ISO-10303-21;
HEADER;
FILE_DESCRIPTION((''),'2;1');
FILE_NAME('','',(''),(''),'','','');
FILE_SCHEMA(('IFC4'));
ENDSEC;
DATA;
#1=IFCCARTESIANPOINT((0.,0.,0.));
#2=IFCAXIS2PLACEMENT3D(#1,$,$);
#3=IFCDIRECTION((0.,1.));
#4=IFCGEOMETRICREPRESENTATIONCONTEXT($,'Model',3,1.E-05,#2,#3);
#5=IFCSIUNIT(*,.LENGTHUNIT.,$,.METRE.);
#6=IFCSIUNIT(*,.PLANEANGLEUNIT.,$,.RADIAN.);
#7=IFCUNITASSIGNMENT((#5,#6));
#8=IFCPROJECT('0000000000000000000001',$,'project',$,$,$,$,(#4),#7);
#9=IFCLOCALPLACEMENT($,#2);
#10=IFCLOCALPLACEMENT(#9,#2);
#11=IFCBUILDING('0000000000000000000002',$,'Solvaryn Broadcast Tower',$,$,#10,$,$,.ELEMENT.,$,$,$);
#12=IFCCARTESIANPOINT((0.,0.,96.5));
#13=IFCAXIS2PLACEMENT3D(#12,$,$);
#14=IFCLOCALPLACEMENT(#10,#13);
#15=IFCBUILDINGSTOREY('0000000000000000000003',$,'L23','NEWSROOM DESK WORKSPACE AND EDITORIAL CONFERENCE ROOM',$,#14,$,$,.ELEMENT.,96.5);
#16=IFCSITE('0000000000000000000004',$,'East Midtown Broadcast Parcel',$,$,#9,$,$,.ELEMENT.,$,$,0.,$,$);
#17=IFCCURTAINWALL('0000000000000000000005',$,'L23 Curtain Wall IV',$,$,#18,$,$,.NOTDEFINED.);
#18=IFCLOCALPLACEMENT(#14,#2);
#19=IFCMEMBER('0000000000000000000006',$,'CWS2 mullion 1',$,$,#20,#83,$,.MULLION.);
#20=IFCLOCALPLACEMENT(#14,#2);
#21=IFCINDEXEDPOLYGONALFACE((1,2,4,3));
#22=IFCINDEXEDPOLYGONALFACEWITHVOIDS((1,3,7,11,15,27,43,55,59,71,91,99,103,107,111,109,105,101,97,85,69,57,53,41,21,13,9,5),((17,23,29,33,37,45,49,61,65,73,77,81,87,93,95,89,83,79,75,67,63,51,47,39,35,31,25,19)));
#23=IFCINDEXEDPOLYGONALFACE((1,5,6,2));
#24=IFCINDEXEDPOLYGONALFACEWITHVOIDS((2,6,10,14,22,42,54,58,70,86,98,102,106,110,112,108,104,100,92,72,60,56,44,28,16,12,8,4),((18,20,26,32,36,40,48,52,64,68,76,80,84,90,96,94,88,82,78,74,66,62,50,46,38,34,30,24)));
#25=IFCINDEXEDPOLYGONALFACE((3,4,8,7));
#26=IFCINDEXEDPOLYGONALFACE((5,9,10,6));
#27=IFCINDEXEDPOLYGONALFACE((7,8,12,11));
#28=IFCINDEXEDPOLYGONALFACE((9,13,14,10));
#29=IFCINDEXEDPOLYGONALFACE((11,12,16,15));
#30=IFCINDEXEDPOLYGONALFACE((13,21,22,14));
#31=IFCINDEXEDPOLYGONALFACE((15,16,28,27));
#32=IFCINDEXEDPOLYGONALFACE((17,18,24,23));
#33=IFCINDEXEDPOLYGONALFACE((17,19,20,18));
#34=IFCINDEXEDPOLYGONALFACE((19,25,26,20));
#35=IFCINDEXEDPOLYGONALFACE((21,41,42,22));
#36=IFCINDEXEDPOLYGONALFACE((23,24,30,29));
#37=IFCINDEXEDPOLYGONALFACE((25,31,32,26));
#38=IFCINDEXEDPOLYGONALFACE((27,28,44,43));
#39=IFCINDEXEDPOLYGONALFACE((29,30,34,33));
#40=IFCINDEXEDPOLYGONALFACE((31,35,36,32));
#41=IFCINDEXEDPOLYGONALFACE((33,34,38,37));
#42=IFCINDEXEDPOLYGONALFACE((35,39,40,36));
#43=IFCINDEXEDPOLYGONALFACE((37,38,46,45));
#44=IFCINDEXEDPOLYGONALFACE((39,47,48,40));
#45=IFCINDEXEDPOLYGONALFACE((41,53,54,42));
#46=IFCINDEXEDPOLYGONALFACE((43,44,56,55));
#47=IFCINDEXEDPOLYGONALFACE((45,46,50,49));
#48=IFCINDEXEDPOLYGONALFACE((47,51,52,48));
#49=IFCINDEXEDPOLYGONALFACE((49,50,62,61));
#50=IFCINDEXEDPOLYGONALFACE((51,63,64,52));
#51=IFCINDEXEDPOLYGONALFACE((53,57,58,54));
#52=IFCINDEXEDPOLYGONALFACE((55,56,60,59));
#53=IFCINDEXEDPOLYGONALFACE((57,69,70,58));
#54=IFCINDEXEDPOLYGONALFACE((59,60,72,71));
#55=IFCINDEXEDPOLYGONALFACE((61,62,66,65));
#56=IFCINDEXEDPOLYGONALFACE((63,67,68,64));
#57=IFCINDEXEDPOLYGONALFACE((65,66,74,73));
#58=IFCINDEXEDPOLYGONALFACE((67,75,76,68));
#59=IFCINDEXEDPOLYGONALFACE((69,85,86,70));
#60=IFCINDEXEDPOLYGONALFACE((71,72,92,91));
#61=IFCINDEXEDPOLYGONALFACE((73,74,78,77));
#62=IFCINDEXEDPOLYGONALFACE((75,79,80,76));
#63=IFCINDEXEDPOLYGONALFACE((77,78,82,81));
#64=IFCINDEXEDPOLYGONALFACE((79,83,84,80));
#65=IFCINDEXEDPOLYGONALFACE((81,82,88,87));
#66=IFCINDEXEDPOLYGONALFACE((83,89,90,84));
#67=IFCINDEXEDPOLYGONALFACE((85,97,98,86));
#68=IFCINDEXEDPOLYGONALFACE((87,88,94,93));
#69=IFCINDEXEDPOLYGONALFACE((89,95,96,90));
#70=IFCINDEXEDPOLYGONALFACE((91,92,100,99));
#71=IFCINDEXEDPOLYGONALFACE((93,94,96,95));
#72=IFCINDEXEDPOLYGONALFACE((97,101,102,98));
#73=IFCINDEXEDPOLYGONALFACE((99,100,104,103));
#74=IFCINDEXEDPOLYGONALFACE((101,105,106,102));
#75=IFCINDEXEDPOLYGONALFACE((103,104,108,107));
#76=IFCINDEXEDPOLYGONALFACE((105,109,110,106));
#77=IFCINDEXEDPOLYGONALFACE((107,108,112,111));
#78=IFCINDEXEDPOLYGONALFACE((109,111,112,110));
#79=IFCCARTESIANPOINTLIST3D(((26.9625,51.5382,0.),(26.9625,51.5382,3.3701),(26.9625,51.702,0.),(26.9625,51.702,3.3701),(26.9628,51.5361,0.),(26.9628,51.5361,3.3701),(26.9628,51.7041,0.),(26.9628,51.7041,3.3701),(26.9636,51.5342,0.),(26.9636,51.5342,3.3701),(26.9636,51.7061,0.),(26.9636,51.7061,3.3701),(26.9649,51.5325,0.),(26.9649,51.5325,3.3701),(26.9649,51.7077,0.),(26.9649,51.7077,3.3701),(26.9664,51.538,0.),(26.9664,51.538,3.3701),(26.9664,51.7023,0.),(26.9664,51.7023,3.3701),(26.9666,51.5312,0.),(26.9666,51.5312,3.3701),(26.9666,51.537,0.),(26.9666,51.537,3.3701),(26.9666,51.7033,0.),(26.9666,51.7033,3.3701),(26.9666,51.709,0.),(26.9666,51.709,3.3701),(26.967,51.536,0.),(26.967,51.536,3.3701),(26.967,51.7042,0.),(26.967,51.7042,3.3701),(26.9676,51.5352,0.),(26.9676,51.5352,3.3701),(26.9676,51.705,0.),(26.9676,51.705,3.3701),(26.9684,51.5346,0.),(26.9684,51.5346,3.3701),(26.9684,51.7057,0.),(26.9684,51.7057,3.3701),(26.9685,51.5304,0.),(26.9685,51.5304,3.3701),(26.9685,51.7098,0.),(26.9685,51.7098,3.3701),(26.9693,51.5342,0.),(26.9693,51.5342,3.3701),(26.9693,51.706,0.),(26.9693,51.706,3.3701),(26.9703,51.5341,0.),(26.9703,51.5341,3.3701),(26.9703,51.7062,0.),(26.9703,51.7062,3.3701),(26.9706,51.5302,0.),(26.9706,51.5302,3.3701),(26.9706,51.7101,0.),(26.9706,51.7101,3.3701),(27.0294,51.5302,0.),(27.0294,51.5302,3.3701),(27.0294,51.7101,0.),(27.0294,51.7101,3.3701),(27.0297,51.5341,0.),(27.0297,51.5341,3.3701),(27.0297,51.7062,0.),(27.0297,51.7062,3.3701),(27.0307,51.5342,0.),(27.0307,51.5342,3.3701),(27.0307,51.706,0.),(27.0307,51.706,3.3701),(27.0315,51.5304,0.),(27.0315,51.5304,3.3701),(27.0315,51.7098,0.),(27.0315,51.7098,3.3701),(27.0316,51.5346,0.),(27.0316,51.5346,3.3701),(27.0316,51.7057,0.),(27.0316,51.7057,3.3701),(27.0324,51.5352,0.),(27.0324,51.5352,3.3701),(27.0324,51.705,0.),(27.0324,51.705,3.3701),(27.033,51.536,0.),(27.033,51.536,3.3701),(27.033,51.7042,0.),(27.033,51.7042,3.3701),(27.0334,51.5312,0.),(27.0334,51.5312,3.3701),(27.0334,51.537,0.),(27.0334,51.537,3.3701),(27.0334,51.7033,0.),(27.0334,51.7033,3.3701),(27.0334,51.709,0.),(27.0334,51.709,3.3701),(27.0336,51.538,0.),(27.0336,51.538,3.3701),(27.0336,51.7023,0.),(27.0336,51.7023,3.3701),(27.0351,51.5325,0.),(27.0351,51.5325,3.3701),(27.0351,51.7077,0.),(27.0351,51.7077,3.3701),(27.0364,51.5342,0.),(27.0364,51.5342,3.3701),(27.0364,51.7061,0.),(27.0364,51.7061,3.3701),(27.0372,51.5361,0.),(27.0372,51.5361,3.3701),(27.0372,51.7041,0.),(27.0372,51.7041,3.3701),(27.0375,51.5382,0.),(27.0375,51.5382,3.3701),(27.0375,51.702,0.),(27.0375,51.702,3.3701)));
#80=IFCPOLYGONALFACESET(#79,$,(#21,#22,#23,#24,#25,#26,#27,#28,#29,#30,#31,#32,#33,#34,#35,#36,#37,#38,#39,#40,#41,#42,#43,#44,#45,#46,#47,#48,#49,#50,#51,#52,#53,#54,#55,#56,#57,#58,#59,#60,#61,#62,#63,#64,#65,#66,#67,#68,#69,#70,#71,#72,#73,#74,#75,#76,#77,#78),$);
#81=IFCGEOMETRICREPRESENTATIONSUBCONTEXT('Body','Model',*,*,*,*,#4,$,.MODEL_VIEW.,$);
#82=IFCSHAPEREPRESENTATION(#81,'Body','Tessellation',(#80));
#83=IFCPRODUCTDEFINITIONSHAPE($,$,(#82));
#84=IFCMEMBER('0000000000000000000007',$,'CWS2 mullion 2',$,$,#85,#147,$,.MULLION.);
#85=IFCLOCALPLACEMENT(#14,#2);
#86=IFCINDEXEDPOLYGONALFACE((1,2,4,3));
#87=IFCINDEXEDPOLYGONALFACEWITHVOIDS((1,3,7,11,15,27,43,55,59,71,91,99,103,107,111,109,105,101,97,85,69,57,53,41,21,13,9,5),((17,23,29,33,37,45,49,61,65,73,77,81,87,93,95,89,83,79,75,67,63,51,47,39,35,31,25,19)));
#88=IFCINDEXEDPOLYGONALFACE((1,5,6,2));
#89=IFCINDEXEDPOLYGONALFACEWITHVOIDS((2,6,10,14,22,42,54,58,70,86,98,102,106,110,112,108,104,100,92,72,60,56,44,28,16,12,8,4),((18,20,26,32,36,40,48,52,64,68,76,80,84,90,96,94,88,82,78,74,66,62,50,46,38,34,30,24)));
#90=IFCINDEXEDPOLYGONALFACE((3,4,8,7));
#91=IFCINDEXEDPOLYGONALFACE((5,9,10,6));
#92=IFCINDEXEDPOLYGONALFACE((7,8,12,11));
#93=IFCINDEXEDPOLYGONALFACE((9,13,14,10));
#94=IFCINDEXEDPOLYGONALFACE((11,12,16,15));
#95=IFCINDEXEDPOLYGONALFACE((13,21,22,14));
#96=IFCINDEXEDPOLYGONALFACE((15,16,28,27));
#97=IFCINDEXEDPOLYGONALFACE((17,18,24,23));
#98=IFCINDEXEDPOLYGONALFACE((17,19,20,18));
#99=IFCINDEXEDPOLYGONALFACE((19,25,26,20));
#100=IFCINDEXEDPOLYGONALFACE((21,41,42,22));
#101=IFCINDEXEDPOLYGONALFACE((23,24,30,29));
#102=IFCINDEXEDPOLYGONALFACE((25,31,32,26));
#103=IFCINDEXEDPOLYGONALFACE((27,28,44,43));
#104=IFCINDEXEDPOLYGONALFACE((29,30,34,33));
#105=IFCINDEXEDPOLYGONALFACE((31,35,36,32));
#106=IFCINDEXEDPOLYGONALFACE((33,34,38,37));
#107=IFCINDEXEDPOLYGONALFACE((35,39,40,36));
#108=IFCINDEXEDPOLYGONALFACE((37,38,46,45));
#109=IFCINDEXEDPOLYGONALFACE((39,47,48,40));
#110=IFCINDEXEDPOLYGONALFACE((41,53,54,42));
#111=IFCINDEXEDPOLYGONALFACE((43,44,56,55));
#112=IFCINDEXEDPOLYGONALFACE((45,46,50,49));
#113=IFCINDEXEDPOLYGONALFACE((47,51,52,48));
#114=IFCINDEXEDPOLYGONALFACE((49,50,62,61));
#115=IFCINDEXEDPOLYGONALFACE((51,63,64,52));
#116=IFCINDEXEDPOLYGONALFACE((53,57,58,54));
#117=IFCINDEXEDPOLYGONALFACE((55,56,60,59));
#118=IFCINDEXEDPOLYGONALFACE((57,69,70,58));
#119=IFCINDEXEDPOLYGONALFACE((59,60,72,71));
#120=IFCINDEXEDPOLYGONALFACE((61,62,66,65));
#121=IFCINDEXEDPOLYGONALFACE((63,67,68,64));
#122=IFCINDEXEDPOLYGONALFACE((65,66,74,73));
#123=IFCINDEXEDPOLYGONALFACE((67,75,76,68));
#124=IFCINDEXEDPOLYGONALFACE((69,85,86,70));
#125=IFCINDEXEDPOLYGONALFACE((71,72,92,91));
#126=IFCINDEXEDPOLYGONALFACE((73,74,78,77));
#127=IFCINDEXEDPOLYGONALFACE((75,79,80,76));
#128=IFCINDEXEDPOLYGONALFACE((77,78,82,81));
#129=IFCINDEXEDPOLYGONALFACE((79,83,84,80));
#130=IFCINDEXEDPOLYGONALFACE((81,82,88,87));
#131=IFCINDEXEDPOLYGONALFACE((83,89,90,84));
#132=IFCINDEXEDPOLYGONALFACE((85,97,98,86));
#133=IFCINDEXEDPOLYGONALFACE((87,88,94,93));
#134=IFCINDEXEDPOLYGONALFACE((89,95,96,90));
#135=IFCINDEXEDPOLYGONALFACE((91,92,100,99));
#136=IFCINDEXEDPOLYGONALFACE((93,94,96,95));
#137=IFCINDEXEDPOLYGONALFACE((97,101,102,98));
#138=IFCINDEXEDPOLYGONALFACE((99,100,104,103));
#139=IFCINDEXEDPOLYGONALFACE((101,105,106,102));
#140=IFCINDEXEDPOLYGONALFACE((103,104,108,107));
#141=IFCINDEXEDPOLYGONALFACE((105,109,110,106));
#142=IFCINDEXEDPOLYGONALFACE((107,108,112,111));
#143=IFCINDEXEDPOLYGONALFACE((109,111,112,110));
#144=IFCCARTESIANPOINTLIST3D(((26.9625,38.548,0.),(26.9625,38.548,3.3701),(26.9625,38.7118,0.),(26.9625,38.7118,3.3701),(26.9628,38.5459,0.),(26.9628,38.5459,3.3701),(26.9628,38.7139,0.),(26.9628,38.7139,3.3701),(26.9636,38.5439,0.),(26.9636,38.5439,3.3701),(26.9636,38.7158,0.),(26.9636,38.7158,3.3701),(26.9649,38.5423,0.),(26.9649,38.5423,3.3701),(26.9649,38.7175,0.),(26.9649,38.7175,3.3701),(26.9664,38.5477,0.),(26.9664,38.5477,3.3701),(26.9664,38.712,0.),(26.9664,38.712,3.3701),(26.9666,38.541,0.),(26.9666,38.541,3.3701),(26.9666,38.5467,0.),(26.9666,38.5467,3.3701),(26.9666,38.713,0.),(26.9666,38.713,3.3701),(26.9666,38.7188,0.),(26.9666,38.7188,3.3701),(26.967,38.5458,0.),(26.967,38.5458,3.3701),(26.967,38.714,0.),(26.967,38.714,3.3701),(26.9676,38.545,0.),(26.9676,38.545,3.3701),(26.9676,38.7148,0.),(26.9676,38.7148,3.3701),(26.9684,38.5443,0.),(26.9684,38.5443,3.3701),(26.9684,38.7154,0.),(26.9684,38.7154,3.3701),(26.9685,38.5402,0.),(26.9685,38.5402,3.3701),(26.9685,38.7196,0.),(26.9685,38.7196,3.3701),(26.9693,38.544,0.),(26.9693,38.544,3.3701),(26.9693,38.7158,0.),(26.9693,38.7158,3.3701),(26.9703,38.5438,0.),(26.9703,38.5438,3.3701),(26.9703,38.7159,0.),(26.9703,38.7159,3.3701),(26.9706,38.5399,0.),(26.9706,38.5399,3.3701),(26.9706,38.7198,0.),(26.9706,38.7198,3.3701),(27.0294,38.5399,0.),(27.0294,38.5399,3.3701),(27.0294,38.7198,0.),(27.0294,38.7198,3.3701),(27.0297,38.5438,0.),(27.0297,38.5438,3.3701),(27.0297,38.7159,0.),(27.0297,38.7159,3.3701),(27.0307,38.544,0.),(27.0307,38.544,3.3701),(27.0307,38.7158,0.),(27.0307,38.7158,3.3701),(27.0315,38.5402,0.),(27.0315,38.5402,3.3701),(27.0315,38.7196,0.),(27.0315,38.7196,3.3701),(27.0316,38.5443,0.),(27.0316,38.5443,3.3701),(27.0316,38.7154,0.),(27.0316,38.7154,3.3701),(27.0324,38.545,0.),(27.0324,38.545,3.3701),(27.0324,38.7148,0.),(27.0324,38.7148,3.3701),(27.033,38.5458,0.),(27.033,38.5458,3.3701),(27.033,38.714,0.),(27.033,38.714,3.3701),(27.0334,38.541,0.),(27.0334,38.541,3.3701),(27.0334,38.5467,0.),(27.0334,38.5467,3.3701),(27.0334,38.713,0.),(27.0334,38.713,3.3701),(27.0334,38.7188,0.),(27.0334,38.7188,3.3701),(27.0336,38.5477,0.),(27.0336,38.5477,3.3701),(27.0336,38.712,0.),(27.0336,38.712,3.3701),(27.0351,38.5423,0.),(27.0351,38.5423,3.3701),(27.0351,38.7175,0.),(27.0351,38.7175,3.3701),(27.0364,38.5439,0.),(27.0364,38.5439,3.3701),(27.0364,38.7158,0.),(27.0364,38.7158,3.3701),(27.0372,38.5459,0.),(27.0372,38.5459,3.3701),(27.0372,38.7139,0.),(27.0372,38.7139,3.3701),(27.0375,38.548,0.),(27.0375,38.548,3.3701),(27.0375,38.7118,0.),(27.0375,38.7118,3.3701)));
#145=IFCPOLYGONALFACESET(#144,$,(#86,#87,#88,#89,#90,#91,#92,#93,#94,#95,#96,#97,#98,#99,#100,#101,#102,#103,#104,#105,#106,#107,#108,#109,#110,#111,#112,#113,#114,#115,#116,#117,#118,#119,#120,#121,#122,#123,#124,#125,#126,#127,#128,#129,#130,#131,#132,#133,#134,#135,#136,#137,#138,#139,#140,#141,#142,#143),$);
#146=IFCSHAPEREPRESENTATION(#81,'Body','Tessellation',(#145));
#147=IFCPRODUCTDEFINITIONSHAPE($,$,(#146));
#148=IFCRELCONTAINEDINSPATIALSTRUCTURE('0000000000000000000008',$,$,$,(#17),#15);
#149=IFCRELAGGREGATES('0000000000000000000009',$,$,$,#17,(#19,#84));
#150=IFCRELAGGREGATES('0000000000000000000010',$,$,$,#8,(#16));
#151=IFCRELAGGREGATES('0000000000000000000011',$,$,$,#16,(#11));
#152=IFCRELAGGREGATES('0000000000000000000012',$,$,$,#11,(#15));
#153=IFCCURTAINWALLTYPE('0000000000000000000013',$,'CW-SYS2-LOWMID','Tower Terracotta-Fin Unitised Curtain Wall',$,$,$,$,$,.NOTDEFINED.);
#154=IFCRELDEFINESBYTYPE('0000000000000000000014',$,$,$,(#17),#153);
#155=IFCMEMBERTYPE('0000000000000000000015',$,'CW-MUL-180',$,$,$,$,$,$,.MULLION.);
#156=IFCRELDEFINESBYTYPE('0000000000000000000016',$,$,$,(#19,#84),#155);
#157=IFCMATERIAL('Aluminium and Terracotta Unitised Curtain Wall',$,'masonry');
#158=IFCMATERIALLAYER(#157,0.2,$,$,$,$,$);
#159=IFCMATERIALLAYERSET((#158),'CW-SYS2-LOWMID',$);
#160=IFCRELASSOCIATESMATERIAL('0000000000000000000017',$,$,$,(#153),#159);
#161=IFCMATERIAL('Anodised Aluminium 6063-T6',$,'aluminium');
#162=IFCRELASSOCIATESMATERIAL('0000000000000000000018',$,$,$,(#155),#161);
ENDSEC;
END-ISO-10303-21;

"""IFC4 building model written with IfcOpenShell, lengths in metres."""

from ifc_helpers import new_model, si_unit, direction, frame, origin, origin_2d, place, context, subcontext, project, spatial, hollow_rectangle, extrude, material, layer, layer_set, material_profile, profile_set, type_object, element, aggregate, save


model = new_model("IFC4")

# Units and contexts
model_context = context("Model", 3, precision=1e-05, world=origin(), true_north=direction((0.0, 1.0)))
body_context = subcontext(model_context, "Body", "Model", "MODEL_VIEW")
ifc_project = project(units=[si_unit("LENGTHUNIT", "METRE"), si_unit("PLANEANGLEUNIT", "RADIAN")], contexts=[model_context])

# Site, building, storey
site_placement = place(None, origin())
site = spatial("IfcSite", under=ifc_project, at=site_placement, Name="East Midtown Broadcast Parcel", CompositionType="ELEMENT", RefElevation=0.0)
building_placement = place(site_placement, origin())
building = spatial("IfcBuilding", under=site, at=building_placement, Name="Solvaryn Broadcast Tower", CompositionType="ELEMENT")
storey_placement = place(building_placement, frame((0.0, 0.0, 96.5)))
storey = spatial("IfcBuildingStorey", under=building, at=storey_placement, Name="L23", Description="NEWSROOM DESK WORKSPACE AND EDITORIAL CONFERENCE ROOM", CompositionType="ELEMENT", Elevation=96.5)

# Curtain wall, members
ifc_material_1 = material(Name="Aluminium and Terracotta Unitised Curtain Wall", Category="masonry")
ifc_layer_1 = layer(ifc_material_1, 0.2)
ifc_layer_set_1 = layer_set([ifc_layer_1], Name="CW-SYS2-LOWMID")
curtain_wall_type = type_object("IfcCurtainWallType", Name="CW-SYS2-LOWMID", Description="Tower Terracotta-Fin Unitised Curtain Wall", PredefinedType="NOTDEFINED", material=ifc_layer_set_1)
curtain_wall_1_placement = place(storey_placement, origin())
curtain_wall_1 = element("IfcCurtainWall", 1, at=curtain_wall_1_placement, inside=storey, type_object=curtain_wall_type, Name="L23 Curtain Wall IV", PredefinedType="NOTDEFINED")
ifc_material_2 = material(Name="Anodised Aluminium 6063-T6", Category="aluminium")
ifc_material_profile_1 = material_profile(ifc_material_2, hollow_rectangle(XDim=0.075, YDim=0.1799, WallThickness=0.0039, InnerFilletRadius=0.0039, OuterFilletRadius=0.0081, at=origin_2d()))
ifc_profile_set_1 = profile_set([ifc_material_profile_1], Name="Anodised Aluminium 6063-T6")
member_type_1 = type_object("IfcMemberType", Name="CW-MUL-180", PredefinedType="MULLION", material=ifc_profile_set_1)
member_1_placement = place(storey_placement, frame((27.0, 51.6201, 0.0), z_axis=(0.0, 0.0, 1.0), x_axis=(1.0, 0.0, 0.0)))
member_1 = element("IfcMember", 2, at=member_1_placement, type_object=member_type_1, Name="CWS2 mullion 1", PredefinedType="MULLION", context=body_context, shape_type="SweptSolid", body=[
    extrude(hollow_rectangle(XDim=0.075, YDim=0.1799, WallThickness=0.0039, InnerFilletRadius=0.0039, OuterFilletRadius=0.0081, at=origin_2d()), origin(), (0.0, 0.0, 1.0), 3.3701),
])
member_2_placement = place(storey_placement, frame((27.0, 38.6299, 0.0), z_axis=(0.0, 0.0, 1.0), x_axis=(1.0, 0.0, 0.0)))
member_2 = element("IfcMember", 3, at=member_2_placement, type_object=member_type_1, Name="CWS2 mullion 2", PredefinedType="MULLION", context=body_context, shape_type="SweptSolid", body=[
    extrude(hollow_rectangle(XDim=0.075, YDim=0.1799, WallThickness=0.0039, InnerFilletRadius=0.0039, OuterFilletRadius=0.0081, at=origin_2d()), origin(), (0.0, 0.0, 1.0), 3.3701),
])

aggregate(curtain_wall_1, [member_1, member_2])

save(model, "model.ifc")
